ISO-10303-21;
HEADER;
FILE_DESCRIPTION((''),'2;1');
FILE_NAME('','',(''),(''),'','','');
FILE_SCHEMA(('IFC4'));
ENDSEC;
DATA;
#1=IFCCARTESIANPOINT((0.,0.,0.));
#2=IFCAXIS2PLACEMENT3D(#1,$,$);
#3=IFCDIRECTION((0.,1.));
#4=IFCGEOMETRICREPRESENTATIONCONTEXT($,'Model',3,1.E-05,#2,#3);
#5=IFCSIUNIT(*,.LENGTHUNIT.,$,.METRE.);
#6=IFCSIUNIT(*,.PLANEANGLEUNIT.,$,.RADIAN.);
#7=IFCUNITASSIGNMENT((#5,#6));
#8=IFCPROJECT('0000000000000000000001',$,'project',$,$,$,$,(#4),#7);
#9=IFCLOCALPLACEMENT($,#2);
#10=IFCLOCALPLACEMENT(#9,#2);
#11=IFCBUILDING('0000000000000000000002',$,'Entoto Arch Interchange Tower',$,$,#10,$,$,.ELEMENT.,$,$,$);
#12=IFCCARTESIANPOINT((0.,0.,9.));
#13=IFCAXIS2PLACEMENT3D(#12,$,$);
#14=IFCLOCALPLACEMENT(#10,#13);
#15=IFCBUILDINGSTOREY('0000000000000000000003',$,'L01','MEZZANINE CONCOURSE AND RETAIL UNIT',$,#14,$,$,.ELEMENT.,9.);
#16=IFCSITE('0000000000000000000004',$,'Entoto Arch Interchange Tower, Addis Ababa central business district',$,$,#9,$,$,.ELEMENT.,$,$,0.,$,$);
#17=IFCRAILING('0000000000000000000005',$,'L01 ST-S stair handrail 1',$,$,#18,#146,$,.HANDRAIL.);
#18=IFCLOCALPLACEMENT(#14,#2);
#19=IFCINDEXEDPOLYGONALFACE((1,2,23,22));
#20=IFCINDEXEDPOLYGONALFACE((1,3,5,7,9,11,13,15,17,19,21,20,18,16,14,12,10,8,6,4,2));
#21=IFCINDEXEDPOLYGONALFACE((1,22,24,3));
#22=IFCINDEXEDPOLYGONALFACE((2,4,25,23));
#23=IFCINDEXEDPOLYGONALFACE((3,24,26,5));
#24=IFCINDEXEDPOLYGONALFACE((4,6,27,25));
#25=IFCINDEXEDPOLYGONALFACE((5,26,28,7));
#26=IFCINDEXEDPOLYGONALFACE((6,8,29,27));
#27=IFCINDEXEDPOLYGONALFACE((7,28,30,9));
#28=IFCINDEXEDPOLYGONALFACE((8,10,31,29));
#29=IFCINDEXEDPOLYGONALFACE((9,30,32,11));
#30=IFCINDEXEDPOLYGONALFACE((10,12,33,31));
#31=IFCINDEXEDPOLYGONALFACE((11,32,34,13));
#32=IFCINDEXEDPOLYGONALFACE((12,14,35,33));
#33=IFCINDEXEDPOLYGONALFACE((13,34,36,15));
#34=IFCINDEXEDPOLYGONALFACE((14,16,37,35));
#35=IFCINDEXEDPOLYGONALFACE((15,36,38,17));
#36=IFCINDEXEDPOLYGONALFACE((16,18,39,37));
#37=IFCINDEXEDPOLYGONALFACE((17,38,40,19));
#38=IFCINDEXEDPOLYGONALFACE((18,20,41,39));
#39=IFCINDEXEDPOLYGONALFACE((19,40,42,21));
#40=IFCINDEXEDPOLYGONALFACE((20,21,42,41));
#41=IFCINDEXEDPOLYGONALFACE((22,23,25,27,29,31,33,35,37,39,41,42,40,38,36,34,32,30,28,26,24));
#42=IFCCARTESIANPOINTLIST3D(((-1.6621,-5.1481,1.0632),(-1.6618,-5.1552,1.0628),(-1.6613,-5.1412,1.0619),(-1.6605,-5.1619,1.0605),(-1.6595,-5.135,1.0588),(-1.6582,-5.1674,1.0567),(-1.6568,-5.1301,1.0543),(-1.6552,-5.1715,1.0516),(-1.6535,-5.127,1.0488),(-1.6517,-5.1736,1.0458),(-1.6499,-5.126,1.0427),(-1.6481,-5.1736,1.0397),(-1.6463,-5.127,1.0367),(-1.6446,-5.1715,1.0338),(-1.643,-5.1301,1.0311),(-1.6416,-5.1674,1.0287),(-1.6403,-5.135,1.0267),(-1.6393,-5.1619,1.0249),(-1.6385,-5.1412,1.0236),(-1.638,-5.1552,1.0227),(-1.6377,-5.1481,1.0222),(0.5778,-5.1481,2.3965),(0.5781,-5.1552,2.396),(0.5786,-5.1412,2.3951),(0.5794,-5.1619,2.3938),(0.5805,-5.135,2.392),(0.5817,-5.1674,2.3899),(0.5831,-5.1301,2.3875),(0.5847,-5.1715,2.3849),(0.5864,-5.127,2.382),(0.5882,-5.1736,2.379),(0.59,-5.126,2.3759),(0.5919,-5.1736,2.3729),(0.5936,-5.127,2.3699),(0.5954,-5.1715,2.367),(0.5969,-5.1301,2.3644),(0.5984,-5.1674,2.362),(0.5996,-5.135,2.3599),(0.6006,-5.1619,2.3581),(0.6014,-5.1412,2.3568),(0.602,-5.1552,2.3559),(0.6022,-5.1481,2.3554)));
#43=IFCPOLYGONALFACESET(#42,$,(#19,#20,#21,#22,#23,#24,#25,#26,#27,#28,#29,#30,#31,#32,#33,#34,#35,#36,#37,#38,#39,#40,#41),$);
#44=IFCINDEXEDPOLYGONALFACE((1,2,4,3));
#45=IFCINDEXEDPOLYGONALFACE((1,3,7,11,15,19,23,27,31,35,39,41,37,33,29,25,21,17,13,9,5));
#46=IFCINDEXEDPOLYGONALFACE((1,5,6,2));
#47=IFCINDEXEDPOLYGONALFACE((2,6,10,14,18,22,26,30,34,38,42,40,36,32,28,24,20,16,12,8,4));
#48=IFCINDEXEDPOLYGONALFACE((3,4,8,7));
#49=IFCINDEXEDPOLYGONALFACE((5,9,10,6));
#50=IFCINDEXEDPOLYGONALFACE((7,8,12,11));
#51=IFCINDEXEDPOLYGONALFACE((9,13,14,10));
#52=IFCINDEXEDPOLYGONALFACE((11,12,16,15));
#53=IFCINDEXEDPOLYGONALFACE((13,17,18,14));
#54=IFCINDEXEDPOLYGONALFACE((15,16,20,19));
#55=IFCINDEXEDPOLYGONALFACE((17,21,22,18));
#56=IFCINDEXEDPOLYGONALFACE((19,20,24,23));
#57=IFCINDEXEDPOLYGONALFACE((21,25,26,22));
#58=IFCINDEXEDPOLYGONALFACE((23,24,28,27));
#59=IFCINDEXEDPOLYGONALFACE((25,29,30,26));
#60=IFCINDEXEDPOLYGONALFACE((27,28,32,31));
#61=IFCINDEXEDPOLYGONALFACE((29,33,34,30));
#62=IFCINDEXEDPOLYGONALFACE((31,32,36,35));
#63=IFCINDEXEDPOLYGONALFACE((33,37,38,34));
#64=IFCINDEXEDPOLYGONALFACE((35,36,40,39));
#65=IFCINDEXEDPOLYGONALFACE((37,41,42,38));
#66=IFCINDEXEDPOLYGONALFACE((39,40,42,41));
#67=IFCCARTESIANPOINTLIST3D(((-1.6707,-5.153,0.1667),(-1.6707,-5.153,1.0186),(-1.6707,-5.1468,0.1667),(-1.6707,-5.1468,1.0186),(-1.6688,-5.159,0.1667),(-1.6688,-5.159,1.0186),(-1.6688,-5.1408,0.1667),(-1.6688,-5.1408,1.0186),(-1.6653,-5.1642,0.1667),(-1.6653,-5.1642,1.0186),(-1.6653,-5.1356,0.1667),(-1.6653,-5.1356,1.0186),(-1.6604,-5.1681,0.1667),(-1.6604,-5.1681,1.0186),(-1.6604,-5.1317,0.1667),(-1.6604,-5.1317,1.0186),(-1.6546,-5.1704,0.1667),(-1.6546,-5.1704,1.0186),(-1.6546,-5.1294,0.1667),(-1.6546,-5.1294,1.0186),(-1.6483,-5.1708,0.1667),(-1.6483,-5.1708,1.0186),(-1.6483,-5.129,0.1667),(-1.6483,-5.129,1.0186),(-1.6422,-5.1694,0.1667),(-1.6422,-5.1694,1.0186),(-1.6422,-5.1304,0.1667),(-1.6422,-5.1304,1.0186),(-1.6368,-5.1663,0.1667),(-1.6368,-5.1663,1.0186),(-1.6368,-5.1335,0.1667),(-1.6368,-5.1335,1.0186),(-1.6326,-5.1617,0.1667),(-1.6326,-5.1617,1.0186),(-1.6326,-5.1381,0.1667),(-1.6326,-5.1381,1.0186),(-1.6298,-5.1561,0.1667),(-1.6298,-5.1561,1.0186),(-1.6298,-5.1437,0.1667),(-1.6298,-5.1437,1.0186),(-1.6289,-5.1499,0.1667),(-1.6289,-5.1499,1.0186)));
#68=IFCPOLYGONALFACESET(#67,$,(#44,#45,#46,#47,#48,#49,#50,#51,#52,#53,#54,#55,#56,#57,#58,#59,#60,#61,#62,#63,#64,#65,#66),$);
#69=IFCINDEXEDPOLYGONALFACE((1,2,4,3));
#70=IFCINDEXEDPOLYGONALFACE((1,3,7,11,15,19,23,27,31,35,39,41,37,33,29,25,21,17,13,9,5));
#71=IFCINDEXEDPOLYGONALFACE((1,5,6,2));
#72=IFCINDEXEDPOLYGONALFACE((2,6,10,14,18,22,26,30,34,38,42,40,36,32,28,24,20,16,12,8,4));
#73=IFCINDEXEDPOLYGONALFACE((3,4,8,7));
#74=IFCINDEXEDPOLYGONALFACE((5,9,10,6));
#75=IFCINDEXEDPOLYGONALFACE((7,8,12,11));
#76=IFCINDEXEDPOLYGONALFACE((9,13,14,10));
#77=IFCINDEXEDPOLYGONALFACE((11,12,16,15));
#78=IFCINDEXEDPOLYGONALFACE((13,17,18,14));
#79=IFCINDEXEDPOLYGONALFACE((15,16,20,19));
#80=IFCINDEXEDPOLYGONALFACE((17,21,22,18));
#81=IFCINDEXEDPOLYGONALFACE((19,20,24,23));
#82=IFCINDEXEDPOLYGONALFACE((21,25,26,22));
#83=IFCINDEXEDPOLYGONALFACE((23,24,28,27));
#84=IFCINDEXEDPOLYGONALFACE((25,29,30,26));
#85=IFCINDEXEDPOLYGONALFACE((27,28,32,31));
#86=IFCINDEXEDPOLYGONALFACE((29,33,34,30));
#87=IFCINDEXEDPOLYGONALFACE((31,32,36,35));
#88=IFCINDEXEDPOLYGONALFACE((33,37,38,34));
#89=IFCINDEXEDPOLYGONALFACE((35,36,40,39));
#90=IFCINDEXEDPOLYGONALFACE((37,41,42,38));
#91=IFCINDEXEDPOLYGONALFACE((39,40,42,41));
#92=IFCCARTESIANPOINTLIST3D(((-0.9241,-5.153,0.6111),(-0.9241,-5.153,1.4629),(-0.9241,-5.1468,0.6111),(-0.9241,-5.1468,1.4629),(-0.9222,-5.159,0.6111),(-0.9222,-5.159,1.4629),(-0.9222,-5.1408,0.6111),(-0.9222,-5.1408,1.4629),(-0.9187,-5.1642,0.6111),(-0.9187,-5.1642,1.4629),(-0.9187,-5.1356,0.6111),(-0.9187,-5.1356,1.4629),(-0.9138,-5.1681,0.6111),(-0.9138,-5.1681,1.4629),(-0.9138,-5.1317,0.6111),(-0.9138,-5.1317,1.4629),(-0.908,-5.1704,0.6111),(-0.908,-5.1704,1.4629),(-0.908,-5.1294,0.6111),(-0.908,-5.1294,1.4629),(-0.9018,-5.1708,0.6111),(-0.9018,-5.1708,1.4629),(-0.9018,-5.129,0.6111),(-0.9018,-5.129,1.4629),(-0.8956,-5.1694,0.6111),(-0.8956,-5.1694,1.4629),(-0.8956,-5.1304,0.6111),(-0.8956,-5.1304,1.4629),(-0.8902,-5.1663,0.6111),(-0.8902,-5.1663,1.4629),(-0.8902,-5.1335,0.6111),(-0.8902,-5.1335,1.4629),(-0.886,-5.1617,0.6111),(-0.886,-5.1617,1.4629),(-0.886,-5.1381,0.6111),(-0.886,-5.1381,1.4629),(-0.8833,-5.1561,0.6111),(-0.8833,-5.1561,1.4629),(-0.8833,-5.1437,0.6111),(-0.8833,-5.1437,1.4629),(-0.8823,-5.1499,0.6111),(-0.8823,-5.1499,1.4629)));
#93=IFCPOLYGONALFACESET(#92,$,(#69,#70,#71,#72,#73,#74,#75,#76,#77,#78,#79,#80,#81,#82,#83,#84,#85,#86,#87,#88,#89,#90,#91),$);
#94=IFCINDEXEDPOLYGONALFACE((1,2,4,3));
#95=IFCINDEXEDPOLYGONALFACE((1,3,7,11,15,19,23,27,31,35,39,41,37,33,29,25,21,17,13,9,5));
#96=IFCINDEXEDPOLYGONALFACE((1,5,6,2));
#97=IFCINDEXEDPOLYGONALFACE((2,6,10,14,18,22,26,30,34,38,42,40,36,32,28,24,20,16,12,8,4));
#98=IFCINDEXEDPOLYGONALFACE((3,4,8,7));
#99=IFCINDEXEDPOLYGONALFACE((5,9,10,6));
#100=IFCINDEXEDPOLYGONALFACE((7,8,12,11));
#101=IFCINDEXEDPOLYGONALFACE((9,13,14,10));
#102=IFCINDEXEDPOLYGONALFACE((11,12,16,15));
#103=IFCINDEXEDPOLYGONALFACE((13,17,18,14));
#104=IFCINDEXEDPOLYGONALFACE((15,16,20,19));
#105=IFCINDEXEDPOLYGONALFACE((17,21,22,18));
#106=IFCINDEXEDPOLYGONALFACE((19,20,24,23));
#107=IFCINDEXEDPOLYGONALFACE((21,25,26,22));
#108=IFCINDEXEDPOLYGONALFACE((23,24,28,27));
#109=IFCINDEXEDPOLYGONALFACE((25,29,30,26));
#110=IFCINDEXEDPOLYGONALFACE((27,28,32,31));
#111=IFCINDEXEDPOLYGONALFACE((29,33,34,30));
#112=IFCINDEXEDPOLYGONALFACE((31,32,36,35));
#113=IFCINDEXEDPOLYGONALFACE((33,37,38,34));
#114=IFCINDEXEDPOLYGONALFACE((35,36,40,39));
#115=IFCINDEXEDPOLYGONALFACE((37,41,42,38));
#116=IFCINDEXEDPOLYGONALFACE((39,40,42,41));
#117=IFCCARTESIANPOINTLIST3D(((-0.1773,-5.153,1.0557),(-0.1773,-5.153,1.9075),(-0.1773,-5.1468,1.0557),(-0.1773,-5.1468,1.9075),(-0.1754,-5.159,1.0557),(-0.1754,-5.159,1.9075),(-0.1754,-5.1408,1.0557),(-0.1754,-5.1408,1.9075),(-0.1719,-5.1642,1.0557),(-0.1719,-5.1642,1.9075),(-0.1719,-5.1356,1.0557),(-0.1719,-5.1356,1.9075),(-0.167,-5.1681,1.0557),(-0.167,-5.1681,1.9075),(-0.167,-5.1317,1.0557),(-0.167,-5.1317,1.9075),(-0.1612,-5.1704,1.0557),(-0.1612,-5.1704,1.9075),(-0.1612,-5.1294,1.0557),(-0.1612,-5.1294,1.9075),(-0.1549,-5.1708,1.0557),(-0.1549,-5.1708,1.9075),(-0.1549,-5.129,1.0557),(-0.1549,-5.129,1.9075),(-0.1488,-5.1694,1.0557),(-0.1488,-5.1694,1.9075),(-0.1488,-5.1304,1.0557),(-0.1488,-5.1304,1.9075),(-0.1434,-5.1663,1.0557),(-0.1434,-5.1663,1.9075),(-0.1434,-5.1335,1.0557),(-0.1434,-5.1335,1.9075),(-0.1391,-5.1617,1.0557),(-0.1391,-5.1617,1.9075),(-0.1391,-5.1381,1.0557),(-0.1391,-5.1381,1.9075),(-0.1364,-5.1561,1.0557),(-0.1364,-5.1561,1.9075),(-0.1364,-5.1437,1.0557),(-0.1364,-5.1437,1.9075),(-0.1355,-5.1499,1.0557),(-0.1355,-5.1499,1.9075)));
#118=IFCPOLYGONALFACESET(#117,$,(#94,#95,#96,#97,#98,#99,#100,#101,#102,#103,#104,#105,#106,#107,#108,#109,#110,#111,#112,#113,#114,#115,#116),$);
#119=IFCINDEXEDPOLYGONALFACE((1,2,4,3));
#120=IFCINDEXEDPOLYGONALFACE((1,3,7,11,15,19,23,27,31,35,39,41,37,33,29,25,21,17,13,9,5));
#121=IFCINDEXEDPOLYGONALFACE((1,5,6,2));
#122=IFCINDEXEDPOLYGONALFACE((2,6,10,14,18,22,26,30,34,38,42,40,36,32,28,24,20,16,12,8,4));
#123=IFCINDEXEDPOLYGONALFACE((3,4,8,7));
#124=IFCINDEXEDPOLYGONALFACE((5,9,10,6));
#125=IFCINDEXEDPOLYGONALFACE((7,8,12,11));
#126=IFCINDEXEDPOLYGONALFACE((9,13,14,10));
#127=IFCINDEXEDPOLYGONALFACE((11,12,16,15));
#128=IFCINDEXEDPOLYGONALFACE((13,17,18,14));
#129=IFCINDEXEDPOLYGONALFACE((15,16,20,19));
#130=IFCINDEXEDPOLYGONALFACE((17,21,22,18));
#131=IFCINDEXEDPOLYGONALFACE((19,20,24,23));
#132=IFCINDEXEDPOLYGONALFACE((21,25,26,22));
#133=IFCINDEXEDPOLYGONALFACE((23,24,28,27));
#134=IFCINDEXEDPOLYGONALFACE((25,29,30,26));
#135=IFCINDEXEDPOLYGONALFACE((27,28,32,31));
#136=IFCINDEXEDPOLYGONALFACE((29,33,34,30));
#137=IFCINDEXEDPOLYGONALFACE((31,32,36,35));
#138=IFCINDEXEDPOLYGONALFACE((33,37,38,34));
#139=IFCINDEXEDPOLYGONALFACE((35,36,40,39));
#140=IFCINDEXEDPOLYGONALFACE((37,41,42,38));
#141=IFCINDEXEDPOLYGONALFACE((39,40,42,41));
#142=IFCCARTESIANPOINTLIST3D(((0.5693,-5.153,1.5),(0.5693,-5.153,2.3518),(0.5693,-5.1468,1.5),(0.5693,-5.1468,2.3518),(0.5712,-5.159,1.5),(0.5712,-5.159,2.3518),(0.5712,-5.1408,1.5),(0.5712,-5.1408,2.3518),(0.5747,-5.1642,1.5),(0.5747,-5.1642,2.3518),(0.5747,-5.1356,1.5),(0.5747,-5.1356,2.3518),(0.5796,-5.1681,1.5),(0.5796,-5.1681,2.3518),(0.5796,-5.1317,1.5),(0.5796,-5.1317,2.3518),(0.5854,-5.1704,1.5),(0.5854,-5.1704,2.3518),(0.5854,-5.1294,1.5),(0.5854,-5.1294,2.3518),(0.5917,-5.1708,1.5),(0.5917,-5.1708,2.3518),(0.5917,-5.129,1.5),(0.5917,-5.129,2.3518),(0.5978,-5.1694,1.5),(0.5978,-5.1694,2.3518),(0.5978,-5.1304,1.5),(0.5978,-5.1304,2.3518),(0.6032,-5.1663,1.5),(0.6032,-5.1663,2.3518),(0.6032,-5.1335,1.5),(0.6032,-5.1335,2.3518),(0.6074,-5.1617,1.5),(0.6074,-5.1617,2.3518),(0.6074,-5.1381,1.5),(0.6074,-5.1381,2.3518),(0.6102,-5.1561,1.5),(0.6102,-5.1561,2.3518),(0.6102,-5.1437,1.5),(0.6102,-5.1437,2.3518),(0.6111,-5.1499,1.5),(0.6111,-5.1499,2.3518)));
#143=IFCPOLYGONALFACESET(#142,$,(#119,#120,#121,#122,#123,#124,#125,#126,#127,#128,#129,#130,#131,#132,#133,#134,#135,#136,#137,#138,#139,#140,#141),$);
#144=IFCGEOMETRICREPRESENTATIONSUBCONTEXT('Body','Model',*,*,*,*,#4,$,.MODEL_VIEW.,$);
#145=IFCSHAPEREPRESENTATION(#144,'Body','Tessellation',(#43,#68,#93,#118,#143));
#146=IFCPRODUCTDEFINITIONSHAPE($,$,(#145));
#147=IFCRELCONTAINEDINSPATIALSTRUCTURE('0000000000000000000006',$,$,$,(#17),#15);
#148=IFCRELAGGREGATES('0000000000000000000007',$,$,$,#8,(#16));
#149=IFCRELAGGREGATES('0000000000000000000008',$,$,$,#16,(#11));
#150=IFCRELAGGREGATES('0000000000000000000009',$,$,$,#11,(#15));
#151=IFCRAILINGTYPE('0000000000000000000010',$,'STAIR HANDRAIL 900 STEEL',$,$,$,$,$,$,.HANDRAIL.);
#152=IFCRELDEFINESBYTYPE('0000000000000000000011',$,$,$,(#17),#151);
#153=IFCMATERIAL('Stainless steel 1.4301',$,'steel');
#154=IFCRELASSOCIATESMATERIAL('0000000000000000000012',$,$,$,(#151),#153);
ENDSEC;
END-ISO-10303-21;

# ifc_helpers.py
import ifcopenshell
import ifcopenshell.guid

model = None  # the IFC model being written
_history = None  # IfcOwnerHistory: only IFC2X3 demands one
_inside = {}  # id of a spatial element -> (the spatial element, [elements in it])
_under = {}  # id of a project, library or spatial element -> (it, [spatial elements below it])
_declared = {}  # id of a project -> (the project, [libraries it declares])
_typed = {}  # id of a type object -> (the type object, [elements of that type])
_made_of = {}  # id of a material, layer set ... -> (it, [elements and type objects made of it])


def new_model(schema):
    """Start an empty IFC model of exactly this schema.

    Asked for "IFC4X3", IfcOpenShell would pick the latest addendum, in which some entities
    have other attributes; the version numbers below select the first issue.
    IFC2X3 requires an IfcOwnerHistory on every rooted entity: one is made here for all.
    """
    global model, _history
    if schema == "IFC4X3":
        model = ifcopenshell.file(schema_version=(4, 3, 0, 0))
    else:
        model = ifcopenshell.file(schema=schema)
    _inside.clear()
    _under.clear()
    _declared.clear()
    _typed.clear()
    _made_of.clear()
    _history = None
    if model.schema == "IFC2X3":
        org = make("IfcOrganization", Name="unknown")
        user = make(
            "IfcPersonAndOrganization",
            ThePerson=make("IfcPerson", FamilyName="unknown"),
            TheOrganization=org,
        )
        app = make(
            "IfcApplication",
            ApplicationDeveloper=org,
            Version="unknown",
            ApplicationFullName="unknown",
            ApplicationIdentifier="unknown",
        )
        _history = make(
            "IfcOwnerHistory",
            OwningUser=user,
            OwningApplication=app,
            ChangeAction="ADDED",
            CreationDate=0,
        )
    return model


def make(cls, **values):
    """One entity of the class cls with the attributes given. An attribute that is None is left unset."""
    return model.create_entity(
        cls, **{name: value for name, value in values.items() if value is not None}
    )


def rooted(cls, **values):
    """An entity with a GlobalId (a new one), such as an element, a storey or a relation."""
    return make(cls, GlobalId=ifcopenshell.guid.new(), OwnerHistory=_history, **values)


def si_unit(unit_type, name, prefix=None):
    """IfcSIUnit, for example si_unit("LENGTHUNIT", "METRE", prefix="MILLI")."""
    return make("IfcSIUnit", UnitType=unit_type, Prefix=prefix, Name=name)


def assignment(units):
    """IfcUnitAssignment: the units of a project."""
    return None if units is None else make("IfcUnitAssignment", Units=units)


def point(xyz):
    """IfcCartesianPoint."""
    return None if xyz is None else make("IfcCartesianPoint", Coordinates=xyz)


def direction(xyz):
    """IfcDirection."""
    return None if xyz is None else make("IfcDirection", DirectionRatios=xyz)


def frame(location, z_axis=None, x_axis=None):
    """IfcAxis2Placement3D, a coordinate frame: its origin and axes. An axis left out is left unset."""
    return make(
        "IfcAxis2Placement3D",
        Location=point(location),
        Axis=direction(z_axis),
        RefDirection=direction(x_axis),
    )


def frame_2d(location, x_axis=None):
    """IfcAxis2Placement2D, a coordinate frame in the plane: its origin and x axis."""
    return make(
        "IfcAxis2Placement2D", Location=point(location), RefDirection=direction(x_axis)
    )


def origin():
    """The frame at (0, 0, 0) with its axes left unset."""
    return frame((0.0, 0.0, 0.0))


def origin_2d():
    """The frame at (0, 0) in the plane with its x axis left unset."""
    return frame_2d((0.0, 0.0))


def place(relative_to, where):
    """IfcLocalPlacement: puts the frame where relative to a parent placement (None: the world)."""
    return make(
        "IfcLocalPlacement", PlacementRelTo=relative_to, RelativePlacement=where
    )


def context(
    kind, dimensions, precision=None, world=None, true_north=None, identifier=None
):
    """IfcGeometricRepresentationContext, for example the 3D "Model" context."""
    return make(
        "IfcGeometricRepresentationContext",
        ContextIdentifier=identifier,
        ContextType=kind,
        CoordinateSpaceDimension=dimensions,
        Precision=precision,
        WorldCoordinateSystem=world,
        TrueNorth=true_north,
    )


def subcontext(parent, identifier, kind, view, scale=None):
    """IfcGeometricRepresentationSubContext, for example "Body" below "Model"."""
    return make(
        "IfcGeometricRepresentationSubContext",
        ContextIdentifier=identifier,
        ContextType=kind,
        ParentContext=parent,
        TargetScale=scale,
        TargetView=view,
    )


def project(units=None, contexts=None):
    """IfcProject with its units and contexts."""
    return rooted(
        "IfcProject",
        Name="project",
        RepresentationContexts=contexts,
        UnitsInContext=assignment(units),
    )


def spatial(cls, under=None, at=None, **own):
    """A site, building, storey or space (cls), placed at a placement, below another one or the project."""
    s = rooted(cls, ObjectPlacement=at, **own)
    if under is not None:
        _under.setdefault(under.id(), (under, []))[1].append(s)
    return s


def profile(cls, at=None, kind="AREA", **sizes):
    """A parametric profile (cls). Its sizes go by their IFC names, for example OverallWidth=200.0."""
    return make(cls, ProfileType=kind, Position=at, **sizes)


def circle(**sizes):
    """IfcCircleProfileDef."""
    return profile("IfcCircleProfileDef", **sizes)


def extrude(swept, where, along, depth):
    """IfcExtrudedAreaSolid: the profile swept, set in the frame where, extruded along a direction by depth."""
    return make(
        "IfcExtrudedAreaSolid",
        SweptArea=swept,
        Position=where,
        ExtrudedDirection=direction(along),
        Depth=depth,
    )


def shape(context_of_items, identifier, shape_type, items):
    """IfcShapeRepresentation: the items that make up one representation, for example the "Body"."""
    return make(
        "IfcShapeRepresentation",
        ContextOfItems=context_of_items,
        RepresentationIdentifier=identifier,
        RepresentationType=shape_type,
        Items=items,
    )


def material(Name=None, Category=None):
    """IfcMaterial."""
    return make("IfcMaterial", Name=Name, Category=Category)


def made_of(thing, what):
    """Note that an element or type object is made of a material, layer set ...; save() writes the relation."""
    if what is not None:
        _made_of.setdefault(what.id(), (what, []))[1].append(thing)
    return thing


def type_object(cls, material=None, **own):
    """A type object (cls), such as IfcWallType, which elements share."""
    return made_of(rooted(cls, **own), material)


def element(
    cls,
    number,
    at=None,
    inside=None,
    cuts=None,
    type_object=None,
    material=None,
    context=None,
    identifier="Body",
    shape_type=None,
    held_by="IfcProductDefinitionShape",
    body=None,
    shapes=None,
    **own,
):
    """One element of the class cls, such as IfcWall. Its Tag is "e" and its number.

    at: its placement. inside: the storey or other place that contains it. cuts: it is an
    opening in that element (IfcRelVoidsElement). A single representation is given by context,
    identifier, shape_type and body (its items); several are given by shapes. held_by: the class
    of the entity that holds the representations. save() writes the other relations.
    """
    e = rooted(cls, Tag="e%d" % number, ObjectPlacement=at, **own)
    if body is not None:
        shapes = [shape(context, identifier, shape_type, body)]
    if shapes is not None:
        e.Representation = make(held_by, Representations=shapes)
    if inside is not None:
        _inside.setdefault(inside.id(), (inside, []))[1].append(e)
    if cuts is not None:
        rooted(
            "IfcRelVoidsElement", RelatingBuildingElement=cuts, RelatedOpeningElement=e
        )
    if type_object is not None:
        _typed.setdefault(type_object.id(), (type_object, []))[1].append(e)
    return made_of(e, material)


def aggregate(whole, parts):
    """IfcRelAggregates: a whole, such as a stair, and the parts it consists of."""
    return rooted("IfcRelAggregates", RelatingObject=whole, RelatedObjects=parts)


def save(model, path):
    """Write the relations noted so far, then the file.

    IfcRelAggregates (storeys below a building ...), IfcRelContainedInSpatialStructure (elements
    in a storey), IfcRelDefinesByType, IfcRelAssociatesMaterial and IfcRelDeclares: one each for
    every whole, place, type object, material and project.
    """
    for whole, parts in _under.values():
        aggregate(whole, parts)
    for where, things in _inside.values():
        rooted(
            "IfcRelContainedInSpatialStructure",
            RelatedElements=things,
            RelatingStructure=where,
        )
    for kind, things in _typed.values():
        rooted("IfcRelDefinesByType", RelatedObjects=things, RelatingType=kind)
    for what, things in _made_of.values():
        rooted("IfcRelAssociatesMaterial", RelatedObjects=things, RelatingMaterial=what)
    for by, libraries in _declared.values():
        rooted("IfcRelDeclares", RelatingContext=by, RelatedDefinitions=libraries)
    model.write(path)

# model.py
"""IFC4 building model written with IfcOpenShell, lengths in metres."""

from ifc_helpers import new_model, si_unit, direction, frame, origin, origin_2d, place, context, subcontext, project, spatial, circle, extrude, material, type_object, element, save


model = new_model("IFC4")

# Units and contexts
model_context = context("Model", 3, precision=1e-05, world=origin(), true_north=direction((0.0, 1.0)))
body_context = subcontext(model_context, "Body", "Model", "MODEL_VIEW")
ifc_project = project(units=[si_unit("LENGTHUNIT", "METRE"), si_unit("PLANEANGLEUNIT", "RADIAN")], contexts=[model_context])

# Site, building, storey
site_placement = place(None, origin())
site = spatial("IfcSite", under=ifc_project, at=site_placement, Name="Entoto Arch Interchange Tower, Addis Ababa central business district", CompositionType="ELEMENT", RefElevation=0.0)
building_placement = place(site_placement, origin())
building = spatial("IfcBuilding", under=site, at=building_placement, Name="Entoto Arch Interchange Tower", CompositionType="ELEMENT")
storey_placement = place(building_placement, frame((0.0, 0.0, 9.0)))
storey = spatial("IfcBuildingStorey", under=building, at=storey_placement, Name="L01", Description="MEZZANINE CONCOURSE AND RETAIL UNIT", CompositionType="ELEMENT", Elevation=9.0)

# Railing
ifc_material_1 = material(Name="Stainless steel 1.4301", Category="steel")
railing_type_1 = type_object("IfcRailingType", Name="STAIR HANDRAIL 900 STEEL", PredefinedType="HANDRAIL", material=ifc_material_1)
for number, where, name in (
    (1, (-1.6499, -5.1499, 0.1667), "L01 ST-S stair handrail 1"),
):
    element("IfcRailing", number, at=place(storey_placement, frame(where)), inside=storey, type_object=railing_type_1, Name=name, PredefinedType="HANDRAIL", context=body_context, shape_type="SweptSolid", body=[
        extrude(circle(Radius=0.0239, at=origin_2d()), frame((0.0, 0.0, 0.876), z_axis=(0.859306, 0.0, 0.511462), x_axis=(0.0, 1.0, 0.0)), (0.0, 0.0, 1.0), 2.6067),
        extrude(circle(Radius=0.021, at=origin_2d()), origin(), (0.0, 0.0, 1.0), 0.8518),
        extrude(circle(Radius=0.021, at=origin_2d()), frame((0.7466, 0.0, 0.4443)), (0.0, 0.0, 1.0), 0.8518),
        extrude(circle(Radius=0.021, at=origin_2d()), frame((1.4934, 0.0, 0.8889)), (0.0, 0.0, 1.0), 0.8518),
        extrude(circle(Radius=0.021, at=origin_2d()), frame((2.24, 0.0, 1.3333)), (0.0, 0.0, 1.0), 0.8518),
    ])

save(model, "model.ifc")
